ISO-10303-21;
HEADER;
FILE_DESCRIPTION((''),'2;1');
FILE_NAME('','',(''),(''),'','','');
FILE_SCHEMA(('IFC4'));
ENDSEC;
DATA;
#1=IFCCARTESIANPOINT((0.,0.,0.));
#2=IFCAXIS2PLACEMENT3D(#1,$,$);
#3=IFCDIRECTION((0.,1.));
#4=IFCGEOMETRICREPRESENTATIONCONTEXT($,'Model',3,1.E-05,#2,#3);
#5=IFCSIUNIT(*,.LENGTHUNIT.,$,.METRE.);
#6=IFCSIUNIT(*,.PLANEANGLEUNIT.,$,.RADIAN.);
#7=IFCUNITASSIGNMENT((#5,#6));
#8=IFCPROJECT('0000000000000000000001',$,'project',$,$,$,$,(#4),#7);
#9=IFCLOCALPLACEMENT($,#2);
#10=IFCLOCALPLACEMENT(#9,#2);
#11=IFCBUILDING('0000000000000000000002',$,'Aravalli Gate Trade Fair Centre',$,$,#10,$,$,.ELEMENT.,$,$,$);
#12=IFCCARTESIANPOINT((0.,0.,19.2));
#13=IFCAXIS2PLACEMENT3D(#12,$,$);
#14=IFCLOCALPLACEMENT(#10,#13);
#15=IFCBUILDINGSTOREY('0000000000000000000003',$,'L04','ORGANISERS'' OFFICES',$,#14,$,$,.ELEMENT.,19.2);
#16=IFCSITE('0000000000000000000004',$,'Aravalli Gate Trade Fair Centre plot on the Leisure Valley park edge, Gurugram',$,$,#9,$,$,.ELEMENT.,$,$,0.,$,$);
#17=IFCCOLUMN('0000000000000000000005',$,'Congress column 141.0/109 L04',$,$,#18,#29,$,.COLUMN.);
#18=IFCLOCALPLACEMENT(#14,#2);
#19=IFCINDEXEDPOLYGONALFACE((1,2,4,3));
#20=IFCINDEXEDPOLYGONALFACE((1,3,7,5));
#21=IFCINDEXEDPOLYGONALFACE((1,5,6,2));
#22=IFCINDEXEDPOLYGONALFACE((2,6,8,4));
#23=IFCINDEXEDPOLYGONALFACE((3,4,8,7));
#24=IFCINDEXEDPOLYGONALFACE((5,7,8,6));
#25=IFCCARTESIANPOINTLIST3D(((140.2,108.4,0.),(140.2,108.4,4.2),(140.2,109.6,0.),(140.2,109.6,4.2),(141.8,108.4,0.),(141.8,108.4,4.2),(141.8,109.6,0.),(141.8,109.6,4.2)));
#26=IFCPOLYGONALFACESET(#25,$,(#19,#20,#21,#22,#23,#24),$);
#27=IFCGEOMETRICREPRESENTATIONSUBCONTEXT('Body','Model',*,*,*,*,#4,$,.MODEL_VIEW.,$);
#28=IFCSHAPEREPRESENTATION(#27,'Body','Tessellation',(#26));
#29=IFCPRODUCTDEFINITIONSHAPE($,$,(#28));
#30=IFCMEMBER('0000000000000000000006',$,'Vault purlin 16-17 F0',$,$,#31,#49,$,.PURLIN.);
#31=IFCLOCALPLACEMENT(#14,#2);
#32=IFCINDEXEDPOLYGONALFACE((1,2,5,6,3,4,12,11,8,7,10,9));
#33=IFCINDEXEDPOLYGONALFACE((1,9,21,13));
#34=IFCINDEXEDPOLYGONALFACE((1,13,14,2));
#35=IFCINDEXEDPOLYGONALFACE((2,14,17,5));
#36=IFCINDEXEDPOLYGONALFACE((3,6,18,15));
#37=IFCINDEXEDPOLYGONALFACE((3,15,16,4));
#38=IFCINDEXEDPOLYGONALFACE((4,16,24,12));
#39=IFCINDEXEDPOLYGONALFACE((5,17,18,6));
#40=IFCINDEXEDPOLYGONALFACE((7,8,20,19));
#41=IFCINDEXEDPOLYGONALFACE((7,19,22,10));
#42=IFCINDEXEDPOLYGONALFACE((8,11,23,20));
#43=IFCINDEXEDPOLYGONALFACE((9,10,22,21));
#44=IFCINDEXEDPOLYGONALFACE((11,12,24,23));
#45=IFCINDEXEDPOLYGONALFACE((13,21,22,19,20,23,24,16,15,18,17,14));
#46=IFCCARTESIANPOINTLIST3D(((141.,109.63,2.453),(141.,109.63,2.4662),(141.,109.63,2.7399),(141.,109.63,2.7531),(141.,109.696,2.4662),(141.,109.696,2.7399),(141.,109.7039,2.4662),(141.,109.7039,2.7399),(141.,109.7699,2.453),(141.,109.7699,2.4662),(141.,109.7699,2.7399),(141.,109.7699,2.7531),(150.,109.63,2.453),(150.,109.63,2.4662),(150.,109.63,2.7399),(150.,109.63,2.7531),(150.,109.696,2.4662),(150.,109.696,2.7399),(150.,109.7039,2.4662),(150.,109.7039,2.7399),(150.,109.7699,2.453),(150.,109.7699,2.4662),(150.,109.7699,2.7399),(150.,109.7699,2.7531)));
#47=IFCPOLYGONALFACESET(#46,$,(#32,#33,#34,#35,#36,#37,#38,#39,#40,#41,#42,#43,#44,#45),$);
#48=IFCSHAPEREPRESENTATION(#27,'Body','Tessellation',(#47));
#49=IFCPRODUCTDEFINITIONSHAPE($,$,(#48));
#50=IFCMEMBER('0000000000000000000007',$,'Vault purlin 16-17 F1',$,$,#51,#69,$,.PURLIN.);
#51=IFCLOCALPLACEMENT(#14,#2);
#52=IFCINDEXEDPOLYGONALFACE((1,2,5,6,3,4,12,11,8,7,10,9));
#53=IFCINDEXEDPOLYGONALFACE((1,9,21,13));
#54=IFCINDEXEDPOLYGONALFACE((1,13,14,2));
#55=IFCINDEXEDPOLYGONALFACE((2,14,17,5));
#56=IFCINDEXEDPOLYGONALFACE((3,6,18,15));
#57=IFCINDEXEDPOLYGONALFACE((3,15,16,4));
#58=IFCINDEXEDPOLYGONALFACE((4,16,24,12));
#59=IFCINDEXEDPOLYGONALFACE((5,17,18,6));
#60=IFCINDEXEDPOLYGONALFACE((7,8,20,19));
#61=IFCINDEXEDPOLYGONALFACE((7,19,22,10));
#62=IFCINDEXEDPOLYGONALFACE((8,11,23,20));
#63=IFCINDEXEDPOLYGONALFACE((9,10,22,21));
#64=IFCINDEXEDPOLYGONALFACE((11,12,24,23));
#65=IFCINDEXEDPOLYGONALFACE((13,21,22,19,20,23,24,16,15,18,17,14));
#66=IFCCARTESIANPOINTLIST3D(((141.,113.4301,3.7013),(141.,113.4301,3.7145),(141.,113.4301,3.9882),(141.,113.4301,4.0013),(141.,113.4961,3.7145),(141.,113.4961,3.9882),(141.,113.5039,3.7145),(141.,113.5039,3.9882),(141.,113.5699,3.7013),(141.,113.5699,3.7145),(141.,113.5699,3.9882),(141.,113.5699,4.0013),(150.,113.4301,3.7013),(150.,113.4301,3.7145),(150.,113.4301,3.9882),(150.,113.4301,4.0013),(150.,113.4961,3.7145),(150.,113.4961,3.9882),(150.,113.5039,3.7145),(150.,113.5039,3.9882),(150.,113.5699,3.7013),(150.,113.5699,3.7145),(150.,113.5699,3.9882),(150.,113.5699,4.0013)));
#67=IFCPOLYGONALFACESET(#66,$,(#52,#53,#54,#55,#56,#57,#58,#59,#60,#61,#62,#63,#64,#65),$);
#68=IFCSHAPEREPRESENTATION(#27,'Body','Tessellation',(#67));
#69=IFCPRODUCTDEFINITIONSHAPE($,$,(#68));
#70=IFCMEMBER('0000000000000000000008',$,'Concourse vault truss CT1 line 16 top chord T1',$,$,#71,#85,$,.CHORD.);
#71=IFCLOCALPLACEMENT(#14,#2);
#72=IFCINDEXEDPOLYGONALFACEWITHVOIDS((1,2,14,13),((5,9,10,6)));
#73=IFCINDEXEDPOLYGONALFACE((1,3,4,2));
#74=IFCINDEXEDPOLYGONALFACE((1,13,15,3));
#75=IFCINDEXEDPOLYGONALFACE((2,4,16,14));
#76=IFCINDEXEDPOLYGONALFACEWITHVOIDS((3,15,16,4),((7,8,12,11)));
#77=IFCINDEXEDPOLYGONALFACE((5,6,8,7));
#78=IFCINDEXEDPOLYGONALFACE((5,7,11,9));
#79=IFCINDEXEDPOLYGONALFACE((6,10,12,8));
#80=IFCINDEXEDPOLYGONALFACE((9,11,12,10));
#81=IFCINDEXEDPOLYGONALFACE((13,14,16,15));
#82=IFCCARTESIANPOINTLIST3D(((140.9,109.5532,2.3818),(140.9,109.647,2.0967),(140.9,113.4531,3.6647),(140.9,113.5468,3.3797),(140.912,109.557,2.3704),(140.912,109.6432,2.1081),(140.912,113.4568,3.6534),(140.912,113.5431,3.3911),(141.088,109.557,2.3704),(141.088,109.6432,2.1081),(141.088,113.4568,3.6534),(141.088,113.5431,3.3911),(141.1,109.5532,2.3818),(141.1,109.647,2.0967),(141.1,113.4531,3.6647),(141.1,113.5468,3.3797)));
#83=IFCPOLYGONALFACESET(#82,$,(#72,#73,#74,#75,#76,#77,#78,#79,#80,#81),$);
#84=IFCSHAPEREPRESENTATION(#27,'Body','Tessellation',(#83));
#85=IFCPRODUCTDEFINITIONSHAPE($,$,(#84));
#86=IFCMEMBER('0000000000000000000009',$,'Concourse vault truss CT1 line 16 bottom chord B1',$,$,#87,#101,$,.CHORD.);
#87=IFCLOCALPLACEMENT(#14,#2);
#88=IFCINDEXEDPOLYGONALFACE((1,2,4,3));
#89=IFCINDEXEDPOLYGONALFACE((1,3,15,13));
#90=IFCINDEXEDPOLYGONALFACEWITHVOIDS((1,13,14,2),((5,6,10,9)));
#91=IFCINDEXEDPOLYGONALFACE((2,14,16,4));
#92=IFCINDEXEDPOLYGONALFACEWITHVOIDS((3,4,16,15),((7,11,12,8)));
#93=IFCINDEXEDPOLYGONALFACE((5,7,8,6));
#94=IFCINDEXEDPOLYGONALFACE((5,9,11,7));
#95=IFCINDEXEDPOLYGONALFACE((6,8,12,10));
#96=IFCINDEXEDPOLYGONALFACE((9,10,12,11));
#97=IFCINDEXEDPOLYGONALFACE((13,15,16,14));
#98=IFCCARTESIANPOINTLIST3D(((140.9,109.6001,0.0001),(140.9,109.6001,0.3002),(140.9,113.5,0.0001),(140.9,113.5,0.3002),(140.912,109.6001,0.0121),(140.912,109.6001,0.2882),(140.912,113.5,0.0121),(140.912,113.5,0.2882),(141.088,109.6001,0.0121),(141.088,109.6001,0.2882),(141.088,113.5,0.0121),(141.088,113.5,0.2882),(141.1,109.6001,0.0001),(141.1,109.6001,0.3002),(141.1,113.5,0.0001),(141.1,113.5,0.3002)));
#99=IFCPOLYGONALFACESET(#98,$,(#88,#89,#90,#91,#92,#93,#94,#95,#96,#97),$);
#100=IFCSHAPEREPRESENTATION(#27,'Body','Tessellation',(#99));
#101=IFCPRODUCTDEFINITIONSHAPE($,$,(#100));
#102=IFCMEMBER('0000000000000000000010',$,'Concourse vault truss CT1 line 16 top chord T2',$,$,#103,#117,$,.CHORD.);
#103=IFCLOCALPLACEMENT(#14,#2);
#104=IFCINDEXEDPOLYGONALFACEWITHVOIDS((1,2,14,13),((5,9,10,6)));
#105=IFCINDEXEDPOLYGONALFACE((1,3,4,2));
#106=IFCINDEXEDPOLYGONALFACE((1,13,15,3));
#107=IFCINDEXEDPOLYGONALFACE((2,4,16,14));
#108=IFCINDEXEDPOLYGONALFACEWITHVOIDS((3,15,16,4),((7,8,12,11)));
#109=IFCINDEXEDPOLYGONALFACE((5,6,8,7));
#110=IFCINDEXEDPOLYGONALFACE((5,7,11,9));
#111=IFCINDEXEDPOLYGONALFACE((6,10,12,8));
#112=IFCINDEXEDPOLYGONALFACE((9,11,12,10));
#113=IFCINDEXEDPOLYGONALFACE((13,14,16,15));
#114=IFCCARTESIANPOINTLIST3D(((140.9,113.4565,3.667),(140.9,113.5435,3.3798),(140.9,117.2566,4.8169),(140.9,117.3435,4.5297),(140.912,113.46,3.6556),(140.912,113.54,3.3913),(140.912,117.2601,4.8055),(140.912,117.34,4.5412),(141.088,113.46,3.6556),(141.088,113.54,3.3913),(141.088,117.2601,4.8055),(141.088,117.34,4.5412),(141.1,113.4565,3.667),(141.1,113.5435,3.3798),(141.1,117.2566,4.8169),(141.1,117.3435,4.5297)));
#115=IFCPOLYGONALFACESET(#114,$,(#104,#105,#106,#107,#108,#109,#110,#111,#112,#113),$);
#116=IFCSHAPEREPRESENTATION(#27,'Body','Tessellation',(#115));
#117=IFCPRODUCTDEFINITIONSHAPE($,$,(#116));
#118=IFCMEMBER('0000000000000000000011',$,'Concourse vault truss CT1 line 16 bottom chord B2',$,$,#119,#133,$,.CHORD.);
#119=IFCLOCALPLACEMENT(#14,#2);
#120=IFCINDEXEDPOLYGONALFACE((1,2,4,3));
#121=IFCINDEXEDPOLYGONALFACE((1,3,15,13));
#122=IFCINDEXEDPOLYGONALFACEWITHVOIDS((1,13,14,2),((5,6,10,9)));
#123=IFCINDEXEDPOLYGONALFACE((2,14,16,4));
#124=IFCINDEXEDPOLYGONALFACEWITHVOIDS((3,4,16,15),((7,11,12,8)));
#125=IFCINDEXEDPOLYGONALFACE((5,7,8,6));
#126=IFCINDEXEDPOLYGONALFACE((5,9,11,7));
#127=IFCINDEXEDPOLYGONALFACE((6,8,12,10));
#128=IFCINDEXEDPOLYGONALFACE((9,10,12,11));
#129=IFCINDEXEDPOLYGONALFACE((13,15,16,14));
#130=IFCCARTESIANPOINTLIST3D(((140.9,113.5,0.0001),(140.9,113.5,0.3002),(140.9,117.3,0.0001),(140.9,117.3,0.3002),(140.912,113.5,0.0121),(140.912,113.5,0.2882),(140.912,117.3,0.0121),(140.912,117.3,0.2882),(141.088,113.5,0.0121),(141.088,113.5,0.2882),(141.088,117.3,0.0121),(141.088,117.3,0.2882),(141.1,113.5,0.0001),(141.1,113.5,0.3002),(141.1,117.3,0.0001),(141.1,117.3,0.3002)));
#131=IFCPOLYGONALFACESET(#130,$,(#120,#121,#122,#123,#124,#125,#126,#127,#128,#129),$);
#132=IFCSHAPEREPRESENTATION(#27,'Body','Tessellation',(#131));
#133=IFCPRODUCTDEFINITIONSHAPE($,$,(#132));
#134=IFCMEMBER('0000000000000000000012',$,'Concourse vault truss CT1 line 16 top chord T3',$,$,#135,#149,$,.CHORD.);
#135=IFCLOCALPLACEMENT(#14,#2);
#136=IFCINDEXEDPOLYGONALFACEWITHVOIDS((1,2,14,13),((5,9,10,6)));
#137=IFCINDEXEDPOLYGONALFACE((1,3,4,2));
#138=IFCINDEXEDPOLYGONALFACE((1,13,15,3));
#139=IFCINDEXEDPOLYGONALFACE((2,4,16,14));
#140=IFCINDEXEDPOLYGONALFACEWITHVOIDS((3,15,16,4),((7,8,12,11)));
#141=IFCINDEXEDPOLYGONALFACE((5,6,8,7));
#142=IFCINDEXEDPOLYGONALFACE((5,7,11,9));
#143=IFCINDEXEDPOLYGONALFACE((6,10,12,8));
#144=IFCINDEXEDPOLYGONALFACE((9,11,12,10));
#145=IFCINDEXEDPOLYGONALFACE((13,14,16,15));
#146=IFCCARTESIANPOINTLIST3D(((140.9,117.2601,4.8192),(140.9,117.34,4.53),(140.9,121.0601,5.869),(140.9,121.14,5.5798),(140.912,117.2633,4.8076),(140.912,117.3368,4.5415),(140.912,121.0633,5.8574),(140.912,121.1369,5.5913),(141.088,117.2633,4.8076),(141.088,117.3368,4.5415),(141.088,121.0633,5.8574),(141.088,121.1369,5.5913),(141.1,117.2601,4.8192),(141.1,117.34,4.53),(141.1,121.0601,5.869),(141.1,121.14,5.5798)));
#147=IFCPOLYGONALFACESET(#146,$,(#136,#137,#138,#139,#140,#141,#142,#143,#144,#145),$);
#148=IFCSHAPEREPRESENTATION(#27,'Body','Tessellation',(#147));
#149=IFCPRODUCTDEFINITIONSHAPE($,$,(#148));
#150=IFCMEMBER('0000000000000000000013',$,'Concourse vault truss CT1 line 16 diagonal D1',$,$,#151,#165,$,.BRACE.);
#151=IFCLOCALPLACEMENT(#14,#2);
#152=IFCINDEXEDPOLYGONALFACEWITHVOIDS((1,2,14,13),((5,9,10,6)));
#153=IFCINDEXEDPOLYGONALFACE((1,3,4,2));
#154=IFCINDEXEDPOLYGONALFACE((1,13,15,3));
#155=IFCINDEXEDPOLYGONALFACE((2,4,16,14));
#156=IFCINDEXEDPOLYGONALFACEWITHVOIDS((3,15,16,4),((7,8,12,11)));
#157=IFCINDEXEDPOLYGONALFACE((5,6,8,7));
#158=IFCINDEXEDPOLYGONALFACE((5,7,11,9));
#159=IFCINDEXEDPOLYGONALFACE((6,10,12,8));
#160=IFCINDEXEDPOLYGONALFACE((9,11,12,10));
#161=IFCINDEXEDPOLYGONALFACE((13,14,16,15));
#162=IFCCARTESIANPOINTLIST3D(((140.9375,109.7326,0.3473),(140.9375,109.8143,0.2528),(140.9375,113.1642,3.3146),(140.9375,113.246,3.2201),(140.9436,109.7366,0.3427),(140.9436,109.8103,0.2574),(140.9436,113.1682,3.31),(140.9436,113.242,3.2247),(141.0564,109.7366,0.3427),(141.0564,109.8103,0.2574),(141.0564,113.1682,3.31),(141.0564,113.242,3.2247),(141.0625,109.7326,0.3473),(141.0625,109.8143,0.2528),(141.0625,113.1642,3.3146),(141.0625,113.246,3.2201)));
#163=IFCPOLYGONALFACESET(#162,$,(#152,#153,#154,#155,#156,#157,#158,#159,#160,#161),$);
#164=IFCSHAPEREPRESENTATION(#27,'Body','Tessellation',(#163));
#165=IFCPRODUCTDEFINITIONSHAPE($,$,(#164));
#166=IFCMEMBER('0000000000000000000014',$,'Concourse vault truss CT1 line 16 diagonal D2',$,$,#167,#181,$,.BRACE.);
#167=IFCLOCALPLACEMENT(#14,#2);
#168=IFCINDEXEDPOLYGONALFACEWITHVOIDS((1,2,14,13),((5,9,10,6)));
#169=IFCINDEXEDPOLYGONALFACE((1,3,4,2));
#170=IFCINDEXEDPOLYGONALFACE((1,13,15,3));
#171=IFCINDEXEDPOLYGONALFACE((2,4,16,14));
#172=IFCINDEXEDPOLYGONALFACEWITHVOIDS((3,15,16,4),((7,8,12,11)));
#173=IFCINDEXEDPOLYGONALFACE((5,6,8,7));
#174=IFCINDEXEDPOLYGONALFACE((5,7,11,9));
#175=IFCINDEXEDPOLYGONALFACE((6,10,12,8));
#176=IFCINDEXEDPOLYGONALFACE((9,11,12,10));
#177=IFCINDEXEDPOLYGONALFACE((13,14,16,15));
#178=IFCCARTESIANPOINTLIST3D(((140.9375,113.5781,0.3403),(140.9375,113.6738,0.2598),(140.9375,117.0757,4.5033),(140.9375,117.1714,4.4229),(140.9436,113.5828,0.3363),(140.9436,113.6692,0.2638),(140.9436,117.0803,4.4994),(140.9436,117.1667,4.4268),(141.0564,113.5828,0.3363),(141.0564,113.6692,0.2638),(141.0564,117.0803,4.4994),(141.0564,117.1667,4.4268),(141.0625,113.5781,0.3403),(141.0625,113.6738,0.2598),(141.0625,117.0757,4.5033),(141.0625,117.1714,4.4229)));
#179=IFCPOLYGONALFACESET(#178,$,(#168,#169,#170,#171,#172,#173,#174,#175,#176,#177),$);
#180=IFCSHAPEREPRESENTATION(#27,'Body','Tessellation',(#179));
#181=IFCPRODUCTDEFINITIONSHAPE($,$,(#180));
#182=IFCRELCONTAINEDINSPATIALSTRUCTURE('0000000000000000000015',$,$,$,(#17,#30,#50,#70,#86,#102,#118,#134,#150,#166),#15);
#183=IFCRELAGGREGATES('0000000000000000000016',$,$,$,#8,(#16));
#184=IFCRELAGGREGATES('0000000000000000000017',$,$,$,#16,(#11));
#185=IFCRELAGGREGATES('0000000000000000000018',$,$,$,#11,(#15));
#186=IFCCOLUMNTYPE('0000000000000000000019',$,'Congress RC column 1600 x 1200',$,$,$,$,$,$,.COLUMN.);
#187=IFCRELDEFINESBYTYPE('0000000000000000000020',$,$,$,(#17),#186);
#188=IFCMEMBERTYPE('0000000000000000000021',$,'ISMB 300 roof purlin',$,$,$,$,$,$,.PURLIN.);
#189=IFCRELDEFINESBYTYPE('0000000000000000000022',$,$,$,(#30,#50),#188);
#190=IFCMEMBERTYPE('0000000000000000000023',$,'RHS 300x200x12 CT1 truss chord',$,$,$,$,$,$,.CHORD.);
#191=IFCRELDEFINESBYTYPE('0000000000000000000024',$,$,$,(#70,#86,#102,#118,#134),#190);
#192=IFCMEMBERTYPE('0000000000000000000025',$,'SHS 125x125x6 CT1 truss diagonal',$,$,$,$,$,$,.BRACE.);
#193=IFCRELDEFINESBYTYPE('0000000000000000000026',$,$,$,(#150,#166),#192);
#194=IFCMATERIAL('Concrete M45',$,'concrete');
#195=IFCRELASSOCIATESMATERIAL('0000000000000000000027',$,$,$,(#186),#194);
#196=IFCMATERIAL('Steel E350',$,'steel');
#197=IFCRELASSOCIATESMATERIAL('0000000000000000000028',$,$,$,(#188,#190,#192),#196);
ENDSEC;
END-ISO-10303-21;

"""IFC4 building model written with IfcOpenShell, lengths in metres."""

from ifc_helpers import new_model, si_unit, direction, frame, origin, origin_2d, place, context, subcontext, project, spatial, rectangle, hollow_rectangle, i_section, extrude, material, material_profile, profile_set, type_object, element, save


model = new_model("IFC4")

# Units and contexts
model_context = context("Model", 3, precision=1e-05, world=origin(), true_north=direction((0.0, 1.0)))
body_context = subcontext(model_context, "Body", "Model", "MODEL_VIEW")
ifc_project = project(units=[si_unit("LENGTHUNIT", "METRE"), si_unit("PLANEANGLEUNIT", "RADIAN")], contexts=[model_context])

# Site, building, storey
site_placement = place(None, origin())
site = spatial("IfcSite", under=ifc_project, at=site_placement, Name="Aravalli Gate Trade Fair Centre plot on the Leisure Valley park edge, Gurugram", CompositionType="ELEMENT", RefElevation=0.0)
building_placement = place(site_placement, origin())
building = spatial("IfcBuilding", under=site, at=building_placement, Name="Aravalli Gate Trade Fair Centre", CompositionType="ELEMENT")
storey_placement = place(building_placement, frame((0.0, 0.0, 19.2)))
storey = spatial("IfcBuildingStorey", under=building, at=storey_placement, Name="L04", Description="ORGANISERS' OFFICES", CompositionType="ELEMENT", Elevation=19.2)

# Column
ifc_material_1 = material(Name="Concrete M45", Category="concrete")
ifc_material_profile_1 = material_profile(ifc_material_1, rectangle(XDim=1.6001, YDim=1.2, at=origin_2d()), Name="RC 1600x1200")
ifc_profile_set_1 = profile_set([ifc_material_profile_1], Name="Concrete M45")
column_type = type_object("IfcColumnType", Name="Congress RC column 1600 x 1200", PredefinedType="COLUMN", material=ifc_profile_set_1)
column_placement = place(storey_placement, frame((141.0, 109.0, 0.0), z_axis=(0.0, 0.0, 1.0), x_axis=(1.0, 0.0, 0.0)))
element("IfcColumn", 1, at=column_placement, inside=storey, type_object=column_type, Name="Congress column 141.0/109 L04", PredefinedType="COLUMN", context=body_context, shape_type="SweptSolid", body=[
    extrude(rectangle(XDim=1.6001, YDim=1.2, at=origin_2d()), origin(), (0.0, 0.0, 1.0), 4.2),
])

# Members
ifc_material_2 = material(Name="Steel E350", Category="steel")
ifc_material_profile_2 = material_profile(ifc_material_2, i_section(OverallWidth=0.1399, OverallDepth=0.3, WebThickness=0.0078, FlangeThickness=0.0132, at=origin_2d()), Name="ISMB 300")
ifc_profile_set_2 = profile_set([ifc_material_profile_2], Name="Steel E350")
member_type_1 = type_object("IfcMemberType", Name="ISMB 300 roof purlin", PredefinedType="PURLIN", material=ifc_profile_set_2)
for number, where, z_axis, x_axis, name in (
    (2, (141.0, 109.7, 2.603), (1.0, 0.0, 0.0), (0.0, 1.0, 0.0), "Vault purlin 16-17 F0"),
    (3, (141.0, 113.5, 3.8513), (1.0, 0.0, 0.0), (0.0, 1.0, 0.0), "Vault purlin 16-17 F1"),
):
    element("IfcMember", number, at=place(storey_placement, frame(where, z_axis=z_axis, x_axis=x_axis)), inside=storey, type_object=member_type_1, Name=name, PredefinedType="PURLIN", context=body_context, shape_type="SweptSolid", body=[
        extrude(i_section(OverallWidth=0.1399, OverallDepth=0.3, WebThickness=0.0078, FlangeThickness=0.0132, at=origin_2d()), origin(), (0.0, 0.0, 1.0), 9.0),
    ])
ifc_material_profile_3 = material_profile(ifc_material_2, hollow_rectangle(XDim=0.2, YDim=0.3, WallThickness=0.012, at=origin_2d()), Name="RHS 300x200x12")
ifc_profile_set_3 = profile_set([ifc_material_profile_3], Name="Steel E350")
member_type_2 = type_object("IfcMemberType", Name="RHS 300x200x12 CT1 truss chord", PredefinedType="CHORD", material=ifc_profile_set_3)
member_1_placement = place(storey_placement, frame((141.0, 109.6001, 2.2393), z_axis=(0.0, 0.949919, 0.312497), x_axis=(-1.0, 0.0, 0.0)))
element("IfcMember", 4, at=member_1_placement, inside=storey, type_object=member_type_2, Name="Concourse vault truss CT1 line 16 top chord T1", PredefinedType="CHORD", context=body_context, shape_type="SweptSolid", body=[
    extrude(hollow_rectangle(XDim=0.2, YDim=0.3, WallThickness=0.012, at=origin_2d()), origin(), (0.0, 0.0, 1.0), 4.1055),
])
member_2_placement = place(storey_placement, frame((141.0, 109.6001, 0.1501), z_axis=(0.0, 1.0, 0.0), x_axis=(-1.0, 0.0, 0.0)))
element("IfcMember", 5, at=member_2_placement, inside=storey, type_object=member_type_2, Name="Concourse vault truss CT1 line 16 bottom chord B1", PredefinedType="CHORD", context=body_context, shape_type="SweptSolid", body=[
    extrude(hollow_rectangle(XDim=0.2, YDim=0.3, WallThickness=0.012, at=origin_2d()), origin(), (0.0, 0.0, 1.0), 3.8999),
])
member_3_placement = place(storey_placement, frame((141.0, 113.5, 3.5234), z_axis=(0.0, 0.957138, 0.289632), x_axis=(-1.0, 0.0, 0.0)))
element("IfcMember", 6, at=member_3_placement, inside=storey, type_object=member_type_2, Name="Concourse vault truss CT1 line 16 top chord T2", PredefinedType="CHORD", context=body_context, shape_type="SweptSolid", body=[
    extrude(hollow_rectangle(XDim=0.2, YDim=0.3, WallThickness=0.012, at=origin_2d()), origin(), (0.0, 0.0, 1.0), 3.9702),
])
member_4_placement = place(storey_placement, frame((141.0, 113.5, 0.1501), z_axis=(0.0, 1.0, 0.0), x_axis=(-1.0, 0.0, 0.0)))
element("IfcMember", 7, at=member_4_placement, inside=storey, type_object=member_type_2, Name="Concourse vault truss CT1 line 16 bottom chord B2", PredefinedType="CHORD", context=body_context, shape_type="SweptSolid", body=[
    extrude(hollow_rectangle(XDim=0.2, YDim=0.3, WallThickness=0.012, at=origin_2d()), origin(), (0.0, 0.0, 1.0), 3.8),
])
member_5_placement = place(storey_placement, frame((141.0, 117.3, 4.6746), z_axis=(0.0, 0.963894, 0.266286), x_axis=(-1.0, 0.0, 0.0)))
element("IfcMember", 8, at=member_5_placement, inside=storey, type_object=member_type_2, Name="Concourse vault truss CT1 line 16 top chord T3", PredefinedType="CHORD", context=body_context, shape_type="SweptSolid", body=[
    extrude(hollow_rectangle(XDim=0.2, YDim=0.3, WallThickness=0.012, at=origin_2d()), origin(), (0.0, 0.0, 1.0), 3.9424),
])
ifc_material_profile_4 = material_profile(ifc_material_2, hollow_rectangle(XDim=0.125, YDim=0.125, WallThickness=0.0061, at=origin_2d()), Name="SHS 125x125x6")
ifc_profile_set_4 = profile_set([ifc_material_profile_4], Name="Steel E350")
member_type_3 = type_object("IfcMemberType", Name="SHS 125x125x6 CT1 truss diagonal", PredefinedType="BRACE", material=ifc_profile_set_4)
member_6_placement = place(storey_placement, frame((141.0, 109.7734, 0.3), z_axis=(0.0, 0.756431, 0.654074), x_axis=(-1.0, 0.0, 0.0)))
element("IfcMember", 9, at=member_6_placement, inside=storey, type_object=member_type_3, Name="Concourse vault truss CT1 line 16 diagonal D1", PredefinedType="BRACE", context=body_context, shape_type="SweptSolid", body=[
    extrude(hollow_rectangle(XDim=0.125, YDim=0.125, WallThickness=0.0061, at=origin_2d()), origin(), (0.0, 0.0, 1.0), 4.5366),
])
member_7_placement = place(storey_placement, frame((141.0, 113.626, 0.3), z_axis=(0.0, 0.643253, 0.765654), x_axis=(-1.0, 0.0, 0.0)))
element("IfcMember", 10, at=member_7_placement, inside=storey, type_object=member_type_3, Name="Concourse vault truss CT1 line 16 diagonal D2", PredefinedType="BRACE", context=body_context, shape_type="SweptSolid", body=[
    extrude(hollow_rectangle(XDim=0.125, YDim=0.125, WallThickness=0.0061, at=origin_2d()), origin(), (0.0, 0.0, 1.0), 5.4373),
])

save(model, "model.ifc")
